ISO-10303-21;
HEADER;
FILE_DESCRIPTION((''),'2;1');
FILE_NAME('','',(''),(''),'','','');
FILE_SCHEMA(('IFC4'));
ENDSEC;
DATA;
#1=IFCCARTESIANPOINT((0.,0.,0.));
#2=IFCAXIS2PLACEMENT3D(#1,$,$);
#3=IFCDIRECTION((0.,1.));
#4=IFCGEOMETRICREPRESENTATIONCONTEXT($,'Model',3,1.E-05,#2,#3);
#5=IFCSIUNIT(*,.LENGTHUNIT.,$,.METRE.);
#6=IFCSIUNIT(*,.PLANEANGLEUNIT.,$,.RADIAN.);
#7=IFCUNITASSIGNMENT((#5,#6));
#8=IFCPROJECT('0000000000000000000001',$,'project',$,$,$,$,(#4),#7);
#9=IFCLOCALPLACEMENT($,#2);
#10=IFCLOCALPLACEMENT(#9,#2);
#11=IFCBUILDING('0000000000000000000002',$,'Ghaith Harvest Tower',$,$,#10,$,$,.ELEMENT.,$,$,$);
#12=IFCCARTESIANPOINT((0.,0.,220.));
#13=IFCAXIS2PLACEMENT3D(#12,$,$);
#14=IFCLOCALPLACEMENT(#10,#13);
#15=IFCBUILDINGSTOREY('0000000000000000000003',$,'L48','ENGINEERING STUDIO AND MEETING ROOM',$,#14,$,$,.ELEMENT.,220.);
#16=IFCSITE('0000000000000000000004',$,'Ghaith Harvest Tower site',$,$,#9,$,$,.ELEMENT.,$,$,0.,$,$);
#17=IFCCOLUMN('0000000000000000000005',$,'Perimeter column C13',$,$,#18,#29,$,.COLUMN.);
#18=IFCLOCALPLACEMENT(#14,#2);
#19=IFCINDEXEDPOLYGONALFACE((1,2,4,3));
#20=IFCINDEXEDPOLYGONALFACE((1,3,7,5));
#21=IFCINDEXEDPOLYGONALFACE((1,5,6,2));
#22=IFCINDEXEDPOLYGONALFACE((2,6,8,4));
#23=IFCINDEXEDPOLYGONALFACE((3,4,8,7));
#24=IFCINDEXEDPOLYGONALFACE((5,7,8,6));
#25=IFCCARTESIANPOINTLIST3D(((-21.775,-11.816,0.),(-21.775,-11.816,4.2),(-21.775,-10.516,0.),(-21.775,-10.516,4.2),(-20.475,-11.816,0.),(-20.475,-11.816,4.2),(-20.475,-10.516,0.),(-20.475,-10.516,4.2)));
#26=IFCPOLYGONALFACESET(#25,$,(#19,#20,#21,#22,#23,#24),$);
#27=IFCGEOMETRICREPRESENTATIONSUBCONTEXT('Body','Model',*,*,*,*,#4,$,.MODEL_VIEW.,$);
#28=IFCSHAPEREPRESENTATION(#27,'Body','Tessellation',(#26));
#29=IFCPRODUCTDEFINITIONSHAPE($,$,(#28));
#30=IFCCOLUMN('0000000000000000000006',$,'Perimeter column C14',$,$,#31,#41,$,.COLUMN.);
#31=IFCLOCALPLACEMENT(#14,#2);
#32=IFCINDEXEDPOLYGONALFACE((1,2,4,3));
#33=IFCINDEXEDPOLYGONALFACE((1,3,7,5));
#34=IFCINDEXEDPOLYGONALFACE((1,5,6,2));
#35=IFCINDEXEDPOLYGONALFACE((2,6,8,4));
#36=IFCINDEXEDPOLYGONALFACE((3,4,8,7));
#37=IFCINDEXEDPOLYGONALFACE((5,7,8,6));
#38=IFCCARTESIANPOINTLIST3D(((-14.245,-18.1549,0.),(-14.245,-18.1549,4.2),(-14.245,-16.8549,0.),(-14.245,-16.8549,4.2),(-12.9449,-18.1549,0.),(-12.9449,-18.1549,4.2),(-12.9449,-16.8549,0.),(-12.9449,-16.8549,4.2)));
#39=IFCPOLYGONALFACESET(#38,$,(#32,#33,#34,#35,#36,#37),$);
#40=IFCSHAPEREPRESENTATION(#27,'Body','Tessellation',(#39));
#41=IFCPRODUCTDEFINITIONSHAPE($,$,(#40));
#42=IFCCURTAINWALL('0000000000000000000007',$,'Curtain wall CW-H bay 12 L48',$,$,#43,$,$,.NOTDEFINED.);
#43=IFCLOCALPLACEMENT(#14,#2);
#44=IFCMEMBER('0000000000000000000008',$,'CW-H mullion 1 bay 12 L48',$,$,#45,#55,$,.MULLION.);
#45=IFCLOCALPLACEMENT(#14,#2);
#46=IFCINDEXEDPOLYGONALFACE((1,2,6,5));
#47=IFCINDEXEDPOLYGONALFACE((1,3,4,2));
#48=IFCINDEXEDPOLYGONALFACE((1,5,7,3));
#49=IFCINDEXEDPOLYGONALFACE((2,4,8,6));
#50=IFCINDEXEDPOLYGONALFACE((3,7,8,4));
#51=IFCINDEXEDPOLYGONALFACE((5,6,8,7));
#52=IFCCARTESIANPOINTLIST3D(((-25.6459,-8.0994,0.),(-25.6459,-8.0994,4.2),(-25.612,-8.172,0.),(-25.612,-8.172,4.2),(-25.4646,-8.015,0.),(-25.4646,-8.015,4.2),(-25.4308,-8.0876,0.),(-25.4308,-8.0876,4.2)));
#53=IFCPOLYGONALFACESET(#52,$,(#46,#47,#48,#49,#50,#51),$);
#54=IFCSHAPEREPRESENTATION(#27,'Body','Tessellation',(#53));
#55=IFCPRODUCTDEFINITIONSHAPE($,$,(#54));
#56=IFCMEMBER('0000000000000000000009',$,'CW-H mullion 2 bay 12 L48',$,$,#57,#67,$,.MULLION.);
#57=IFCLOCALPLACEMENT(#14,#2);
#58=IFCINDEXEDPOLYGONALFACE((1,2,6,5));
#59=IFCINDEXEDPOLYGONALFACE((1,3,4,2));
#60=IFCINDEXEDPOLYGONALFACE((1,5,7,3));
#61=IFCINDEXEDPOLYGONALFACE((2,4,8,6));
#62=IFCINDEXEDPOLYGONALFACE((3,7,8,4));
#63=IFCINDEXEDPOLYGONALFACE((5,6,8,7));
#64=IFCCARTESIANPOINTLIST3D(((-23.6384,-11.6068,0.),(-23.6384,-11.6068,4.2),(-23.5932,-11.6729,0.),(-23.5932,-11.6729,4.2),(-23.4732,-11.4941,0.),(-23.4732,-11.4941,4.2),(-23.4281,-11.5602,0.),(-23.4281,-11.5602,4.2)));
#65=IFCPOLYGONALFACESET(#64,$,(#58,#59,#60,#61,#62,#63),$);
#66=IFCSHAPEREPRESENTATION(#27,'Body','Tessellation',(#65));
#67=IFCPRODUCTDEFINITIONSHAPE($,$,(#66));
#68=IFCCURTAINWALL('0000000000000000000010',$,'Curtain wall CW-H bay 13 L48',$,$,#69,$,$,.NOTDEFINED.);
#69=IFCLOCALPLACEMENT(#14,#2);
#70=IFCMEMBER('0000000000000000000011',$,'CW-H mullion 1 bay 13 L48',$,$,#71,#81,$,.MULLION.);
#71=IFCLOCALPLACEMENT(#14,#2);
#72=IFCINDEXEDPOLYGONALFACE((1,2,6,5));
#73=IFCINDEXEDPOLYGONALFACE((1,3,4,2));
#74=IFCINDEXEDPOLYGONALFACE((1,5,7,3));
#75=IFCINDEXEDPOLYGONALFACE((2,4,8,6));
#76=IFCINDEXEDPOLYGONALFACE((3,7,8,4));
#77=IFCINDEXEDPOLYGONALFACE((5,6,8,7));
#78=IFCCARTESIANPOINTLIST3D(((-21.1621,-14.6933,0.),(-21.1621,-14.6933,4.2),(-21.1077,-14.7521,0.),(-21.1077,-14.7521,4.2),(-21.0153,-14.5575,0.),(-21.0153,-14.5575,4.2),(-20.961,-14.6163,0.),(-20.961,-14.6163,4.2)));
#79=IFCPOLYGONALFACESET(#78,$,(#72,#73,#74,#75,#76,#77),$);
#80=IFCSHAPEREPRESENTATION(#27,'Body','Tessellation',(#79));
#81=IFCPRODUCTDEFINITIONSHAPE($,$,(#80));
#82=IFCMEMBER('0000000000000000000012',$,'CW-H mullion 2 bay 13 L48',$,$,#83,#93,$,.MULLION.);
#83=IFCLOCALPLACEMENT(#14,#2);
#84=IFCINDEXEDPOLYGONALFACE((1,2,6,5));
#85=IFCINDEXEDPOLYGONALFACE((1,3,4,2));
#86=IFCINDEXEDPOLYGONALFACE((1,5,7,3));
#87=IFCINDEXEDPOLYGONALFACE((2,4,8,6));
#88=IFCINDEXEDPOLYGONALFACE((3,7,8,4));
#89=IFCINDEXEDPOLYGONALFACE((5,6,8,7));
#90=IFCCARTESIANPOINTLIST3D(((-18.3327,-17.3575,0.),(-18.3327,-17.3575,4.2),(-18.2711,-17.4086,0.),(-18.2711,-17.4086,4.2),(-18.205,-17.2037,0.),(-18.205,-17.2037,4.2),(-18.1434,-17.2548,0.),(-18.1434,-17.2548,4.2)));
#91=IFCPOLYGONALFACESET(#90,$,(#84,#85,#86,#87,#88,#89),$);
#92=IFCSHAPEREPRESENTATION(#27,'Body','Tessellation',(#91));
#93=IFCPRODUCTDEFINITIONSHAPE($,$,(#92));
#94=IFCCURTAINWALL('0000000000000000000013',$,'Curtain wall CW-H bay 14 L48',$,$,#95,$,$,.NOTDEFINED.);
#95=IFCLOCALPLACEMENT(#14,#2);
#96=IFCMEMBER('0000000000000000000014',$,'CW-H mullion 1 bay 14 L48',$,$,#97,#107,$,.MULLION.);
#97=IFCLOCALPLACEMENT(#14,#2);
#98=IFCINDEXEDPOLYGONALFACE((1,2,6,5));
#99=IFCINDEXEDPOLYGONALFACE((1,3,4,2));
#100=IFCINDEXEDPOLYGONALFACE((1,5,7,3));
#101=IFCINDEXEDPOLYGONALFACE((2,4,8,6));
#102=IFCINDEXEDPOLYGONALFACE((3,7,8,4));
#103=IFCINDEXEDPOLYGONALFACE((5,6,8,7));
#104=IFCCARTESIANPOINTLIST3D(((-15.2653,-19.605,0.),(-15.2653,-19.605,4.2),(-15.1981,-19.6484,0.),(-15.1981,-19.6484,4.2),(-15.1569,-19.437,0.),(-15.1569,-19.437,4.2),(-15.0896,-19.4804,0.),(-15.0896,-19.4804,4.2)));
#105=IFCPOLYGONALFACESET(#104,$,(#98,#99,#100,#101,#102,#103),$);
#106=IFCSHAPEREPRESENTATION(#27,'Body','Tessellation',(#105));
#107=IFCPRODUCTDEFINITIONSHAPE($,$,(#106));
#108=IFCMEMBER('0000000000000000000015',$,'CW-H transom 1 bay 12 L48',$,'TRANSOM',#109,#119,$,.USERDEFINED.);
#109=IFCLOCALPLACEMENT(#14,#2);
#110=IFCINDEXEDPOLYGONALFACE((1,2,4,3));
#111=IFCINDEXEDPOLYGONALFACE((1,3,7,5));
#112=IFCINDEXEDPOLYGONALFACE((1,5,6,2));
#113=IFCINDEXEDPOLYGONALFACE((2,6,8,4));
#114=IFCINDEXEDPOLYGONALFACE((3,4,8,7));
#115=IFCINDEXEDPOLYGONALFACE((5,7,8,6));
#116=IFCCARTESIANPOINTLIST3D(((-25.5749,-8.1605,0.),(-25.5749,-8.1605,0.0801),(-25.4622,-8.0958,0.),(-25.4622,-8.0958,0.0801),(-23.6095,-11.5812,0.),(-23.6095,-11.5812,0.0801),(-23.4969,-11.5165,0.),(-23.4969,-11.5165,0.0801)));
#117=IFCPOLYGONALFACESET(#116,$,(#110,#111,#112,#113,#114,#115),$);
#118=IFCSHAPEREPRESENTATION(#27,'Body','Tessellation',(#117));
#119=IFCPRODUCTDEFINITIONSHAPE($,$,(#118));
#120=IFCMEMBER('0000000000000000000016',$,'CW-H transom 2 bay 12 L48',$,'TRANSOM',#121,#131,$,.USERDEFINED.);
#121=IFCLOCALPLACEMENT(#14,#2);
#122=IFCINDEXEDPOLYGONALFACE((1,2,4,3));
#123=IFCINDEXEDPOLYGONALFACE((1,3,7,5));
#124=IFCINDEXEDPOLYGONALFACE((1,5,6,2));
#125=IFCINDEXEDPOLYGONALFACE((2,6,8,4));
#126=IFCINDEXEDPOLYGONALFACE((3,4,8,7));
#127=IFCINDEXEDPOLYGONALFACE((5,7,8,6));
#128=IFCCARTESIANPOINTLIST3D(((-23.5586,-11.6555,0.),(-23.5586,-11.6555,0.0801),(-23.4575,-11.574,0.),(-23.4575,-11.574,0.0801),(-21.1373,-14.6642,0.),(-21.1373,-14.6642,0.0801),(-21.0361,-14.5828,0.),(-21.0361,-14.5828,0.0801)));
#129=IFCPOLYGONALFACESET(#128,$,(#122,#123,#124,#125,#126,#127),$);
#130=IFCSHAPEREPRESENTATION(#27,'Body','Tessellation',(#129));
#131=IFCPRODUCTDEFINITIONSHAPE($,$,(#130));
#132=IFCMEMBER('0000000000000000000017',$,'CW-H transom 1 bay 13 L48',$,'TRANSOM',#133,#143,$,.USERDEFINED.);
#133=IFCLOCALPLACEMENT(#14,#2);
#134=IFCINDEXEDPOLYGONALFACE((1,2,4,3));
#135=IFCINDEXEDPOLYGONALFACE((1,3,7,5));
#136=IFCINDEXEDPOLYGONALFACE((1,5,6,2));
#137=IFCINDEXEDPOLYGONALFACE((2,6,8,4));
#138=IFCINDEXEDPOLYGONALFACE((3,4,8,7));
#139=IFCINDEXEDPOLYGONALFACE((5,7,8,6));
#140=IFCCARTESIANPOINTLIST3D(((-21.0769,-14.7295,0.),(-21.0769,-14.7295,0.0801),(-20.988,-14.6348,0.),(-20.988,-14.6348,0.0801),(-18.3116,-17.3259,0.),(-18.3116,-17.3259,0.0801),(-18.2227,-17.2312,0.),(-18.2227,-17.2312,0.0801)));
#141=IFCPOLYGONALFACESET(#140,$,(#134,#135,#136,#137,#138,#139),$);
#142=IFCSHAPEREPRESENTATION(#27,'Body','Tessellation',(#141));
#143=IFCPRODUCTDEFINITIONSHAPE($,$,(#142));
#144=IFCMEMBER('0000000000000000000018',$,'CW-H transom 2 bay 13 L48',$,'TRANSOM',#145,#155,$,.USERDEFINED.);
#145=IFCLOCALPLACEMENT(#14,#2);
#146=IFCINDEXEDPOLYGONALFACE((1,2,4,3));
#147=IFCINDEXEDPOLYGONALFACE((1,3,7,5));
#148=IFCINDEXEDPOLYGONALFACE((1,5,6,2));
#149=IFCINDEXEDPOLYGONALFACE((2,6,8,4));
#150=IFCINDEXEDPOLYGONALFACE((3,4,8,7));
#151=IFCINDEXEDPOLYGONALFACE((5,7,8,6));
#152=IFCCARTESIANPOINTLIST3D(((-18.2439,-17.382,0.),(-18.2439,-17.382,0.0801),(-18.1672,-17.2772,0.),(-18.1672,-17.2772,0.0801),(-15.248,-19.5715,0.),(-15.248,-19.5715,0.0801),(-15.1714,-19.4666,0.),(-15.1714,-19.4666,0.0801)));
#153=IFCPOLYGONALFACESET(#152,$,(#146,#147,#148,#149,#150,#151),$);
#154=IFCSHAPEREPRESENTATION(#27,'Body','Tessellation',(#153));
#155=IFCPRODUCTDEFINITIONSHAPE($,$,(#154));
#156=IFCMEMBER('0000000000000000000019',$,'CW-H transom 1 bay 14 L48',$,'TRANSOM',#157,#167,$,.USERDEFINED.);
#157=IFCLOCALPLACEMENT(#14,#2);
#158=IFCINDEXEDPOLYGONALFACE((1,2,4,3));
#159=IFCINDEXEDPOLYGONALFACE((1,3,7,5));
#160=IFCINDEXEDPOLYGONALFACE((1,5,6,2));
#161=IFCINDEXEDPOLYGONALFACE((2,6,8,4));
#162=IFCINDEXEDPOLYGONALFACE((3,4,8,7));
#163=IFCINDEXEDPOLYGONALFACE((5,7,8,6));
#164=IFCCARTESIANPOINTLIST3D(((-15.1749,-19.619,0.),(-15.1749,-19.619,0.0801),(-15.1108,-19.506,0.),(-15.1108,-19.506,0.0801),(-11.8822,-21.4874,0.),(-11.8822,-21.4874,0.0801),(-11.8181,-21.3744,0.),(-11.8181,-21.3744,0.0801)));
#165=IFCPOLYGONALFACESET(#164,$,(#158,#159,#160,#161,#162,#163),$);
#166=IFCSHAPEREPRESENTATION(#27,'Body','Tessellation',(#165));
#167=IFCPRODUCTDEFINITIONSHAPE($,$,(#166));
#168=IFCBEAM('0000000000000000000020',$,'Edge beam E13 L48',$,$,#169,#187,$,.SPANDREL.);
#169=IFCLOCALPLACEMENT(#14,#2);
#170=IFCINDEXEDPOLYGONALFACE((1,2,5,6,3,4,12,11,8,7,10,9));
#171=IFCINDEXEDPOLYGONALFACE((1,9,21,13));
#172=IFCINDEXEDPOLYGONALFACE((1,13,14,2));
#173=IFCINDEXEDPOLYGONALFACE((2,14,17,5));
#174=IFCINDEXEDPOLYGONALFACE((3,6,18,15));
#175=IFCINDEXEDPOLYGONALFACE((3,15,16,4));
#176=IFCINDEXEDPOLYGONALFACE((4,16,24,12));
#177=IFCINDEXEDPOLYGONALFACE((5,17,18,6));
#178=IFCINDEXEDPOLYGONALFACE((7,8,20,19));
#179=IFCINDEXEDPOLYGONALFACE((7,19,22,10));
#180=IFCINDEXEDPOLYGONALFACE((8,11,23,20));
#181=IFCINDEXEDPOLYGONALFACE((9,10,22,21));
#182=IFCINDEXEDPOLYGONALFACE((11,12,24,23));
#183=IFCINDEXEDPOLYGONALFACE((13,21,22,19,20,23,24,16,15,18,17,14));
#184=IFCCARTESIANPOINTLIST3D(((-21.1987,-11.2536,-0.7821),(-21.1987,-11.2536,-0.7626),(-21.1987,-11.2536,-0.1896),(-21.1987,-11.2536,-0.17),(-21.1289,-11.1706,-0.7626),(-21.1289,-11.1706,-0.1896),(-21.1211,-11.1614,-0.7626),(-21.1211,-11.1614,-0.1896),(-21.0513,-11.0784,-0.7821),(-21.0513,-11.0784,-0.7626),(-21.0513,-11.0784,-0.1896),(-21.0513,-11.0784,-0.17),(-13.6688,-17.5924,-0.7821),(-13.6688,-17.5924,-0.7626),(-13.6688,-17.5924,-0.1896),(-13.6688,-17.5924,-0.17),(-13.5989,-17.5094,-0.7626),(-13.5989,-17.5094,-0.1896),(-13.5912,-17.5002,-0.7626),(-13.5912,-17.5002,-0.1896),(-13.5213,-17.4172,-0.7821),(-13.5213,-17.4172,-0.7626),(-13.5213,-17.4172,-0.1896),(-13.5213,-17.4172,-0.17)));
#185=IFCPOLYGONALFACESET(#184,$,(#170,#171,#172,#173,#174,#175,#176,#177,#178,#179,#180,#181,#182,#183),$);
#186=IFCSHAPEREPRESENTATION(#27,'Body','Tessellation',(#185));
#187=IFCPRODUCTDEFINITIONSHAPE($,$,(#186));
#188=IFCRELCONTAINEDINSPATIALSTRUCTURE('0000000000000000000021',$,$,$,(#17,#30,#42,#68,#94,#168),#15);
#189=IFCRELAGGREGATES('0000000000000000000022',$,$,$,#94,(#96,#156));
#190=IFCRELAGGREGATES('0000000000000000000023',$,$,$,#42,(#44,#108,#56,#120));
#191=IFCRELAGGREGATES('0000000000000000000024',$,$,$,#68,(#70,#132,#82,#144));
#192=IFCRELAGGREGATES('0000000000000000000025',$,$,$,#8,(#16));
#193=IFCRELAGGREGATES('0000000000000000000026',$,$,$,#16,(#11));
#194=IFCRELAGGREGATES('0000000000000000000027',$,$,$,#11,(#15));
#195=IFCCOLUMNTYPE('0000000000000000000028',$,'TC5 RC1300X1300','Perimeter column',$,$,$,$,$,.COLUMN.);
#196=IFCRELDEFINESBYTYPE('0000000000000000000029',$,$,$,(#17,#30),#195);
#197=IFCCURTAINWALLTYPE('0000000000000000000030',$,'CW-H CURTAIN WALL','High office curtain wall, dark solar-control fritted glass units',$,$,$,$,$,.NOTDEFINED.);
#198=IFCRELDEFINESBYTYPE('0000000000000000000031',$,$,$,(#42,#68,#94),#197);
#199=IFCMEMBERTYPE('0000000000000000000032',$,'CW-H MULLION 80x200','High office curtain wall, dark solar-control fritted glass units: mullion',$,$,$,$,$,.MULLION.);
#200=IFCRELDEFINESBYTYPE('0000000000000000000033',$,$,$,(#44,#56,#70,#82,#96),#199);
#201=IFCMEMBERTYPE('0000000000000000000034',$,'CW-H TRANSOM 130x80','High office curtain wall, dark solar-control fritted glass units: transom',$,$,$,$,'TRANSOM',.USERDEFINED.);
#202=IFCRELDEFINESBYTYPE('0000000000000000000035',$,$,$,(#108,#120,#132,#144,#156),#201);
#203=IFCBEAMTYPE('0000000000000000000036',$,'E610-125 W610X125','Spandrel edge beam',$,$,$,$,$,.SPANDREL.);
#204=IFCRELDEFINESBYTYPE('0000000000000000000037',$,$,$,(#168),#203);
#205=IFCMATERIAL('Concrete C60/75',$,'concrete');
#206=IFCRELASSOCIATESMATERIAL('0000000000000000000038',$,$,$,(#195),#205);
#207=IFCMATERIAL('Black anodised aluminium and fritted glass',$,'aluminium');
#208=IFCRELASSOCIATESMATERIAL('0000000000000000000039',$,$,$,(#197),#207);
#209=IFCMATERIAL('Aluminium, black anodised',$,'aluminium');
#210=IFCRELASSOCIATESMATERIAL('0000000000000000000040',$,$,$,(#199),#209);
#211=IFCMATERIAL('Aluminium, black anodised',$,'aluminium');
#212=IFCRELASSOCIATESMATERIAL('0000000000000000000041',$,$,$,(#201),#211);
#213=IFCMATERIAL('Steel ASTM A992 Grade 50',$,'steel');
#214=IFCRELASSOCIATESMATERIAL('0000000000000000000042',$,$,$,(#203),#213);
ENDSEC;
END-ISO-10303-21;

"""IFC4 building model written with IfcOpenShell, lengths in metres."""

from ifc_helpers import new_model, si_unit, direction, frame, origin, origin_2d, place, context, subcontext, project, spatial, rectangle, i_section, extrude, material, material_profile, profile_set, type_object, element, aggregate, save


model = new_model("IFC4")

# Units and contexts
model_context = context("Model", 3, precision=1e-05, world=origin(), true_north=direction((0.0, 1.0)))
body_context = subcontext(model_context, "Body", "Model", "MODEL_VIEW")
ifc_project = project(units=[si_unit("LENGTHUNIT", "METRE"), si_unit("PLANEANGLEUNIT", "RADIAN")], contexts=[model_context])

# Site, building, storey
site_placement = place(None, origin())
site = spatial("IfcSite", under=ifc_project, at=site_placement, Name="Ghaith Harvest Tower site", CompositionType="ELEMENT", RefElevation=0.0)
building_placement = place(site_placement, origin())
building = spatial("IfcBuilding", under=site, at=building_placement, Name="Ghaith Harvest Tower", CompositionType="ELEMENT")
storey_placement = place(building_placement, frame((0.0, 0.0, 220.0)))
storey = spatial("IfcBuildingStorey", under=building, at=storey_placement, Name="L48", Description="ENGINEERING STUDIO AND MEETING ROOM", CompositionType="ELEMENT", Elevation=220.0)

# Columns
ifc_material_1 = material(Name="Concrete C60/75", Category="concrete")
ifc_material_profile_1 = material_profile(ifc_material_1, rectangle(XDim=1.3, YDim=1.3, at=origin_2d()), Name="RC1300X1300")
ifc_profile_set_1 = profile_set([ifc_material_profile_1], Name="Concrete C60/75")
column_type = type_object("IfcColumnType", Name="TC5 RC1300X1300", Description="Perimeter column", PredefinedType="COLUMN", material=ifc_profile_set_1)
for number, where, z_axis, x_axis, name in (
    (1, (-21.125, -11.166, 0.0), (0.0, 0.0, 1.0), (1.0, 0.0, 0.0), "Perimeter column C13"),
    (2, (-13.595, -17.5049, 0.0), (0.0, 0.0, 1.0), (1.0, 0.0, 0.0), "Perimeter column C14"),
):
    element("IfcColumn", number, at=place(storey_placement, frame(where, z_axis=z_axis, x_axis=x_axis)), inside=storey, type_object=column_type, Name=name, PredefinedType="COLUMN", context=body_context, shape_type="SweptSolid", body=[
        extrude(rectangle(XDim=1.3, YDim=1.3, at=origin_2d()), origin(), (0.0, 0.0, 1.0), 4.2),
    ])

# Curtain walls, members
ifc_material_2 = material(Name="Black anodised aluminium and fritted glass", Category="aluminium")
curtain_wall_type = type_object("IfcCurtainWallType", Name="CW-H CURTAIN WALL", Description="High office curtain wall, dark solar-control fritted glass units", PredefinedType="NOTDEFINED", material=ifc_material_2)
curtain_wall_1_placement = place(storey_placement, origin())
curtain_wall_1 = element("IfcCurtainWall", 3, at=curtain_wall_1_placement, inside=storey, type_object=curtain_wall_type, Name="Curtain wall CW-H bay 12 L48", PredefinedType="NOTDEFINED")
ifc_material_3 = material(Name="Aluminium, black anodised", Category="aluminium")
ifc_material_profile_2 = material_profile(ifc_material_3, rectangle(XDim=0.0801, YDim=0.2, at=origin_2d()), Name="CW-H MULLION 80x200")
ifc_profile_set_2 = profile_set([ifc_material_profile_2], Name="Aluminium, black anodised")
member_type_1 = type_object("IfcMemberType", Name="CW-H MULLION 80x200", Description="High office curtain wall, dark solar-control fritted glass units: mullion", PredefinedType="MULLION", material=ifc_profile_set_2)
member_1_placement = place(storey_placement, frame((-25.5383, -8.0935, 0.0), z_axis=(0.0, 0.0, 1.0), x_axis=(0.422309, -0.906452, 0.0)))
member_1 = element("IfcMember", 4, at=member_1_placement, type_object=member_type_1, Name="CW-H mullion 1 bay 12 L48", PredefinedType="MULLION", context=body_context, shape_type="SweptSolid", body=[
    extrude(rectangle(XDim=0.0801, YDim=0.2, at=origin_2d()), origin(), (0.0, 0.0, 1.0), 4.2),
])
member_2_placement = place(storey_placement, frame((-23.5332, -11.5835, 0.0), z_axis=(0.0, 0.0, 1.0), x_axis=(0.563617, -0.826037, 0.0)))
member_2 = element("IfcMember", 5, at=member_2_placement, type_object=member_type_1, Name="CW-H mullion 2 bay 12 L48", PredefinedType="MULLION", context=body_context, shape_type="SweptSolid", body=[
    extrude(rectangle(XDim=0.0801, YDim=0.2, at=origin_2d()), origin(), (0.0, 0.0, 1.0), 4.2),
])
curtain_wall_2_placement = place(storey_placement, origin())
curtain_wall_2 = element("IfcCurtainWall", 6, at=curtain_wall_2_placement, inside=storey, type_object=curtain_wall_type, Name="Curtain wall CW-H bay 13 L48", PredefinedType="NOTDEFINED")
member_3_placement = place(storey_placement, frame((-21.0615, -14.6548, 0.0), z_axis=(0.0, 0.0, 1.0), x_axis=(0.679182, -0.73397, 0.0)))
member_3 = element("IfcMember", 7, at=member_3_placement, type_object=member_type_1, Name="CW-H mullion 1 bay 13 L48", PredefinedType="MULLION", context=body_context, shape_type="SweptSolid", body=[
    extrude(rectangle(XDim=0.0801, YDim=0.2, at=origin_2d()), origin(), (0.0, 0.0, 1.0), 4.2),
])
member_4_placement = place(storey_placement, frame((-18.238, -17.3062, 0.0), z_axis=(0.0, 0.0, 1.0), x_axis=(0.769217, -0.638988, 0.0)))
member_4 = element("IfcMember", 8, at=member_4_placement, type_object=member_type_1, Name="CW-H mullion 2 bay 13 L48", PredefinedType="MULLION", context=body_context, shape_type="SweptSolid", body=[
    extrude(rectangle(XDim=0.0801, YDim=0.2, at=origin_2d()), origin(), (0.0, 0.0, 1.0), 4.2),
])

# Curtain wall, member
curtain_wall_3_placement = place(storey_placement, origin())
curtain_wall_3 = element("IfcCurtainWall", 9, at=curtain_wall_3_placement, inside=storey, type_object=curtain_wall_type, Name="Curtain wall CW-H bay 14 L48", PredefinedType="NOTDEFINED")
member_5_placement = place(storey_placement, frame((-15.1775, -19.5427, 0.0), z_axis=(0.0, 0.0, 1.0), x_axis=(0.840234, -0.542225, 0.0)))
member_5 = element("IfcMember", 10, at=member_5_placement, type_object=member_type_1, Name="CW-H mullion 1 bay 14 L48", PredefinedType="MULLION", context=body_context, shape_type="SweptSolid", body=[
    extrude(rectangle(XDim=0.0801, YDim=0.2, at=origin_2d()), origin(), (0.0, 0.0, 1.0), 4.2),
])

# Members
ifc_material_4 = material(Name="Aluminium, black anodised", Category="aluminium")
ifc_material_profile_3 = material_profile(ifc_material_4, rectangle(XDim=0.1299, YDim=0.0801, at=origin_2d()), Name="CW-H TRANSOM 130x80")
ifc_profile_set_3 = profile_set([ifc_material_profile_3], Name="Aluminium, black anodised")
member_type_2 = type_object("IfcMemberType", Name="CW-H TRANSOM 130x80", Description="High office curtain wall, dark solar-control fritted glass units: transom", ElementType="TRANSOM", PredefinedType="USERDEFINED", material=ifc_profile_set_3)
member_6_placement = place(storey_placement, frame((-25.5186, -8.1282, 0.04), z_axis=(0.498177, -0.867075, 0.0), x_axis=(0.867075, 0.498177, 0.0)))
member_6 = element("IfcMember", 11, at=member_6_placement, type_object=member_type_2, Name="CW-H transom 1 bay 12 L48", ObjectType="TRANSOM", PredefinedType="USERDEFINED", context=body_context, shape_type="SweptSolid", body=[
    extrude(rectangle(XDim=0.1299, YDim=0.0801, at=origin_2d()), origin(), (0.0, 0.0, 1.0), 3.9451),
])
member_7_placement = place(storey_placement, frame((-23.5081, -11.6147, 0.04), z_axis=(0.626959, -0.779052, 0.0), x_axis=(0.779052, 0.626959, 0.0)))
member_7 = element("IfcMember", 12, at=member_7_placement, type_object=member_type_2, Name="CW-H transom 2 bay 12 L48", ObjectType="TRANSOM", PredefinedType="USERDEFINED", context=body_context, shape_type="SweptSolid", body=[
    extrude(rectangle(XDim=0.1299, YDim=0.0801, at=origin_2d()), origin(), (0.0, 0.0, 1.0), 3.8621),
])
member_8_placement = place(storey_placement, frame((-21.0325, -14.6821, 0.04), z_axis=(0.729025, -0.684487, 0.0), x_axis=(0.684487, 0.729025, 0.0)))
member_8 = element("IfcMember", 13, at=member_8_placement, type_object=member_type_2, Name="CW-H transom 1 bay 13 L48", ObjectType="TRANSOM", PredefinedType="USERDEFINED", context=body_context, shape_type="SweptSolid", body=[
    extrude(rectangle(XDim=0.1299, YDim=0.0801, at=origin_2d()), origin(), (0.0, 0.0, 1.0), 3.7932),
])
member_9_placement = place(storey_placement, frame((-18.2056, -17.3296, 0.04), z_axis=(0.807368, -0.590048, 0.0), x_axis=(0.590048, 0.807368, 0.0)))
member_9 = element("IfcMember", 14, at=member_9_placement, type_object=member_type_2, Name="CW-H transom 2 bay 13 L48", ObjectType="TRANSOM", PredefinedType="USERDEFINED", context=body_context, shape_type="SweptSolid", body=[
    extrude(rectangle(XDim=0.1299, YDim=0.0801, at=origin_2d()), origin(), (0.0, 0.0, 1.0), 3.7107),
])
member_10_placement = place(storey_placement, frame((-15.1428, -19.5625, 0.04), z_axis=(0.869735, -0.493519, 0.0), x_axis=(0.493519, 0.869735, 0.0)))
member_10 = element("IfcMember", 15, at=member_10_placement, type_object=member_type_2, Name="CW-H transom 1 bay 14 L48", ObjectType="TRANSOM", PredefinedType="USERDEFINED", context=body_context, shape_type="SweptSolid", body=[
    extrude(rectangle(XDim=0.1299, YDim=0.0801, at=origin_2d()), origin(), (0.0, 0.0, 1.0), 3.7859),
])
aggregate(curtain_wall_3, [member_5, member_10])

# Beam
ifc_material_5 = material(Name="Steel ASTM A992 Grade 50", Category="steel")
ifc_material_profile_4 = material_profile(ifc_material_5, i_section(OverallWidth=0.229, OverallDepth=0.6121, WebThickness=0.012, FlangeThickness=0.0195, at=origin_2d()), Name="W610X125")
ifc_profile_set_4 = profile_set([ifc_material_profile_4], Name="Steel ASTM A992 Grade 50")
beam_type = type_object("IfcBeamType", Name="E610-125 W610X125", Description="Spandrel edge beam", PredefinedType="SPANDREL", material=ifc_profile_set_4)
beam_1_placement = place(storey_placement, frame((-21.125, -11.166, -0.4761), z_axis=(0.765022, -0.644004, 0.0), x_axis=(0.644004, 0.765022, 0.0)))
element("IfcBeam", 16, at=beam_1_placement, inside=storey, type_object=beam_type, Name="Edge beam E13 L48", PredefinedType="SPANDREL", context=body_context, shape_type="SweptSolid", body=[
    extrude(i_section(OverallWidth=0.229, OverallDepth=0.6121, WebThickness=0.012, FlangeThickness=0.0195, at=origin_2d()), origin(), (0.0, 0.0, 1.0), 9.8428),
])

aggregate(curtain_wall_1, [member_1, member_6, member_2, member_7])
aggregate(curtain_wall_2, [member_3, member_8, member_4, member_9])

save(model, "model.ifc")
